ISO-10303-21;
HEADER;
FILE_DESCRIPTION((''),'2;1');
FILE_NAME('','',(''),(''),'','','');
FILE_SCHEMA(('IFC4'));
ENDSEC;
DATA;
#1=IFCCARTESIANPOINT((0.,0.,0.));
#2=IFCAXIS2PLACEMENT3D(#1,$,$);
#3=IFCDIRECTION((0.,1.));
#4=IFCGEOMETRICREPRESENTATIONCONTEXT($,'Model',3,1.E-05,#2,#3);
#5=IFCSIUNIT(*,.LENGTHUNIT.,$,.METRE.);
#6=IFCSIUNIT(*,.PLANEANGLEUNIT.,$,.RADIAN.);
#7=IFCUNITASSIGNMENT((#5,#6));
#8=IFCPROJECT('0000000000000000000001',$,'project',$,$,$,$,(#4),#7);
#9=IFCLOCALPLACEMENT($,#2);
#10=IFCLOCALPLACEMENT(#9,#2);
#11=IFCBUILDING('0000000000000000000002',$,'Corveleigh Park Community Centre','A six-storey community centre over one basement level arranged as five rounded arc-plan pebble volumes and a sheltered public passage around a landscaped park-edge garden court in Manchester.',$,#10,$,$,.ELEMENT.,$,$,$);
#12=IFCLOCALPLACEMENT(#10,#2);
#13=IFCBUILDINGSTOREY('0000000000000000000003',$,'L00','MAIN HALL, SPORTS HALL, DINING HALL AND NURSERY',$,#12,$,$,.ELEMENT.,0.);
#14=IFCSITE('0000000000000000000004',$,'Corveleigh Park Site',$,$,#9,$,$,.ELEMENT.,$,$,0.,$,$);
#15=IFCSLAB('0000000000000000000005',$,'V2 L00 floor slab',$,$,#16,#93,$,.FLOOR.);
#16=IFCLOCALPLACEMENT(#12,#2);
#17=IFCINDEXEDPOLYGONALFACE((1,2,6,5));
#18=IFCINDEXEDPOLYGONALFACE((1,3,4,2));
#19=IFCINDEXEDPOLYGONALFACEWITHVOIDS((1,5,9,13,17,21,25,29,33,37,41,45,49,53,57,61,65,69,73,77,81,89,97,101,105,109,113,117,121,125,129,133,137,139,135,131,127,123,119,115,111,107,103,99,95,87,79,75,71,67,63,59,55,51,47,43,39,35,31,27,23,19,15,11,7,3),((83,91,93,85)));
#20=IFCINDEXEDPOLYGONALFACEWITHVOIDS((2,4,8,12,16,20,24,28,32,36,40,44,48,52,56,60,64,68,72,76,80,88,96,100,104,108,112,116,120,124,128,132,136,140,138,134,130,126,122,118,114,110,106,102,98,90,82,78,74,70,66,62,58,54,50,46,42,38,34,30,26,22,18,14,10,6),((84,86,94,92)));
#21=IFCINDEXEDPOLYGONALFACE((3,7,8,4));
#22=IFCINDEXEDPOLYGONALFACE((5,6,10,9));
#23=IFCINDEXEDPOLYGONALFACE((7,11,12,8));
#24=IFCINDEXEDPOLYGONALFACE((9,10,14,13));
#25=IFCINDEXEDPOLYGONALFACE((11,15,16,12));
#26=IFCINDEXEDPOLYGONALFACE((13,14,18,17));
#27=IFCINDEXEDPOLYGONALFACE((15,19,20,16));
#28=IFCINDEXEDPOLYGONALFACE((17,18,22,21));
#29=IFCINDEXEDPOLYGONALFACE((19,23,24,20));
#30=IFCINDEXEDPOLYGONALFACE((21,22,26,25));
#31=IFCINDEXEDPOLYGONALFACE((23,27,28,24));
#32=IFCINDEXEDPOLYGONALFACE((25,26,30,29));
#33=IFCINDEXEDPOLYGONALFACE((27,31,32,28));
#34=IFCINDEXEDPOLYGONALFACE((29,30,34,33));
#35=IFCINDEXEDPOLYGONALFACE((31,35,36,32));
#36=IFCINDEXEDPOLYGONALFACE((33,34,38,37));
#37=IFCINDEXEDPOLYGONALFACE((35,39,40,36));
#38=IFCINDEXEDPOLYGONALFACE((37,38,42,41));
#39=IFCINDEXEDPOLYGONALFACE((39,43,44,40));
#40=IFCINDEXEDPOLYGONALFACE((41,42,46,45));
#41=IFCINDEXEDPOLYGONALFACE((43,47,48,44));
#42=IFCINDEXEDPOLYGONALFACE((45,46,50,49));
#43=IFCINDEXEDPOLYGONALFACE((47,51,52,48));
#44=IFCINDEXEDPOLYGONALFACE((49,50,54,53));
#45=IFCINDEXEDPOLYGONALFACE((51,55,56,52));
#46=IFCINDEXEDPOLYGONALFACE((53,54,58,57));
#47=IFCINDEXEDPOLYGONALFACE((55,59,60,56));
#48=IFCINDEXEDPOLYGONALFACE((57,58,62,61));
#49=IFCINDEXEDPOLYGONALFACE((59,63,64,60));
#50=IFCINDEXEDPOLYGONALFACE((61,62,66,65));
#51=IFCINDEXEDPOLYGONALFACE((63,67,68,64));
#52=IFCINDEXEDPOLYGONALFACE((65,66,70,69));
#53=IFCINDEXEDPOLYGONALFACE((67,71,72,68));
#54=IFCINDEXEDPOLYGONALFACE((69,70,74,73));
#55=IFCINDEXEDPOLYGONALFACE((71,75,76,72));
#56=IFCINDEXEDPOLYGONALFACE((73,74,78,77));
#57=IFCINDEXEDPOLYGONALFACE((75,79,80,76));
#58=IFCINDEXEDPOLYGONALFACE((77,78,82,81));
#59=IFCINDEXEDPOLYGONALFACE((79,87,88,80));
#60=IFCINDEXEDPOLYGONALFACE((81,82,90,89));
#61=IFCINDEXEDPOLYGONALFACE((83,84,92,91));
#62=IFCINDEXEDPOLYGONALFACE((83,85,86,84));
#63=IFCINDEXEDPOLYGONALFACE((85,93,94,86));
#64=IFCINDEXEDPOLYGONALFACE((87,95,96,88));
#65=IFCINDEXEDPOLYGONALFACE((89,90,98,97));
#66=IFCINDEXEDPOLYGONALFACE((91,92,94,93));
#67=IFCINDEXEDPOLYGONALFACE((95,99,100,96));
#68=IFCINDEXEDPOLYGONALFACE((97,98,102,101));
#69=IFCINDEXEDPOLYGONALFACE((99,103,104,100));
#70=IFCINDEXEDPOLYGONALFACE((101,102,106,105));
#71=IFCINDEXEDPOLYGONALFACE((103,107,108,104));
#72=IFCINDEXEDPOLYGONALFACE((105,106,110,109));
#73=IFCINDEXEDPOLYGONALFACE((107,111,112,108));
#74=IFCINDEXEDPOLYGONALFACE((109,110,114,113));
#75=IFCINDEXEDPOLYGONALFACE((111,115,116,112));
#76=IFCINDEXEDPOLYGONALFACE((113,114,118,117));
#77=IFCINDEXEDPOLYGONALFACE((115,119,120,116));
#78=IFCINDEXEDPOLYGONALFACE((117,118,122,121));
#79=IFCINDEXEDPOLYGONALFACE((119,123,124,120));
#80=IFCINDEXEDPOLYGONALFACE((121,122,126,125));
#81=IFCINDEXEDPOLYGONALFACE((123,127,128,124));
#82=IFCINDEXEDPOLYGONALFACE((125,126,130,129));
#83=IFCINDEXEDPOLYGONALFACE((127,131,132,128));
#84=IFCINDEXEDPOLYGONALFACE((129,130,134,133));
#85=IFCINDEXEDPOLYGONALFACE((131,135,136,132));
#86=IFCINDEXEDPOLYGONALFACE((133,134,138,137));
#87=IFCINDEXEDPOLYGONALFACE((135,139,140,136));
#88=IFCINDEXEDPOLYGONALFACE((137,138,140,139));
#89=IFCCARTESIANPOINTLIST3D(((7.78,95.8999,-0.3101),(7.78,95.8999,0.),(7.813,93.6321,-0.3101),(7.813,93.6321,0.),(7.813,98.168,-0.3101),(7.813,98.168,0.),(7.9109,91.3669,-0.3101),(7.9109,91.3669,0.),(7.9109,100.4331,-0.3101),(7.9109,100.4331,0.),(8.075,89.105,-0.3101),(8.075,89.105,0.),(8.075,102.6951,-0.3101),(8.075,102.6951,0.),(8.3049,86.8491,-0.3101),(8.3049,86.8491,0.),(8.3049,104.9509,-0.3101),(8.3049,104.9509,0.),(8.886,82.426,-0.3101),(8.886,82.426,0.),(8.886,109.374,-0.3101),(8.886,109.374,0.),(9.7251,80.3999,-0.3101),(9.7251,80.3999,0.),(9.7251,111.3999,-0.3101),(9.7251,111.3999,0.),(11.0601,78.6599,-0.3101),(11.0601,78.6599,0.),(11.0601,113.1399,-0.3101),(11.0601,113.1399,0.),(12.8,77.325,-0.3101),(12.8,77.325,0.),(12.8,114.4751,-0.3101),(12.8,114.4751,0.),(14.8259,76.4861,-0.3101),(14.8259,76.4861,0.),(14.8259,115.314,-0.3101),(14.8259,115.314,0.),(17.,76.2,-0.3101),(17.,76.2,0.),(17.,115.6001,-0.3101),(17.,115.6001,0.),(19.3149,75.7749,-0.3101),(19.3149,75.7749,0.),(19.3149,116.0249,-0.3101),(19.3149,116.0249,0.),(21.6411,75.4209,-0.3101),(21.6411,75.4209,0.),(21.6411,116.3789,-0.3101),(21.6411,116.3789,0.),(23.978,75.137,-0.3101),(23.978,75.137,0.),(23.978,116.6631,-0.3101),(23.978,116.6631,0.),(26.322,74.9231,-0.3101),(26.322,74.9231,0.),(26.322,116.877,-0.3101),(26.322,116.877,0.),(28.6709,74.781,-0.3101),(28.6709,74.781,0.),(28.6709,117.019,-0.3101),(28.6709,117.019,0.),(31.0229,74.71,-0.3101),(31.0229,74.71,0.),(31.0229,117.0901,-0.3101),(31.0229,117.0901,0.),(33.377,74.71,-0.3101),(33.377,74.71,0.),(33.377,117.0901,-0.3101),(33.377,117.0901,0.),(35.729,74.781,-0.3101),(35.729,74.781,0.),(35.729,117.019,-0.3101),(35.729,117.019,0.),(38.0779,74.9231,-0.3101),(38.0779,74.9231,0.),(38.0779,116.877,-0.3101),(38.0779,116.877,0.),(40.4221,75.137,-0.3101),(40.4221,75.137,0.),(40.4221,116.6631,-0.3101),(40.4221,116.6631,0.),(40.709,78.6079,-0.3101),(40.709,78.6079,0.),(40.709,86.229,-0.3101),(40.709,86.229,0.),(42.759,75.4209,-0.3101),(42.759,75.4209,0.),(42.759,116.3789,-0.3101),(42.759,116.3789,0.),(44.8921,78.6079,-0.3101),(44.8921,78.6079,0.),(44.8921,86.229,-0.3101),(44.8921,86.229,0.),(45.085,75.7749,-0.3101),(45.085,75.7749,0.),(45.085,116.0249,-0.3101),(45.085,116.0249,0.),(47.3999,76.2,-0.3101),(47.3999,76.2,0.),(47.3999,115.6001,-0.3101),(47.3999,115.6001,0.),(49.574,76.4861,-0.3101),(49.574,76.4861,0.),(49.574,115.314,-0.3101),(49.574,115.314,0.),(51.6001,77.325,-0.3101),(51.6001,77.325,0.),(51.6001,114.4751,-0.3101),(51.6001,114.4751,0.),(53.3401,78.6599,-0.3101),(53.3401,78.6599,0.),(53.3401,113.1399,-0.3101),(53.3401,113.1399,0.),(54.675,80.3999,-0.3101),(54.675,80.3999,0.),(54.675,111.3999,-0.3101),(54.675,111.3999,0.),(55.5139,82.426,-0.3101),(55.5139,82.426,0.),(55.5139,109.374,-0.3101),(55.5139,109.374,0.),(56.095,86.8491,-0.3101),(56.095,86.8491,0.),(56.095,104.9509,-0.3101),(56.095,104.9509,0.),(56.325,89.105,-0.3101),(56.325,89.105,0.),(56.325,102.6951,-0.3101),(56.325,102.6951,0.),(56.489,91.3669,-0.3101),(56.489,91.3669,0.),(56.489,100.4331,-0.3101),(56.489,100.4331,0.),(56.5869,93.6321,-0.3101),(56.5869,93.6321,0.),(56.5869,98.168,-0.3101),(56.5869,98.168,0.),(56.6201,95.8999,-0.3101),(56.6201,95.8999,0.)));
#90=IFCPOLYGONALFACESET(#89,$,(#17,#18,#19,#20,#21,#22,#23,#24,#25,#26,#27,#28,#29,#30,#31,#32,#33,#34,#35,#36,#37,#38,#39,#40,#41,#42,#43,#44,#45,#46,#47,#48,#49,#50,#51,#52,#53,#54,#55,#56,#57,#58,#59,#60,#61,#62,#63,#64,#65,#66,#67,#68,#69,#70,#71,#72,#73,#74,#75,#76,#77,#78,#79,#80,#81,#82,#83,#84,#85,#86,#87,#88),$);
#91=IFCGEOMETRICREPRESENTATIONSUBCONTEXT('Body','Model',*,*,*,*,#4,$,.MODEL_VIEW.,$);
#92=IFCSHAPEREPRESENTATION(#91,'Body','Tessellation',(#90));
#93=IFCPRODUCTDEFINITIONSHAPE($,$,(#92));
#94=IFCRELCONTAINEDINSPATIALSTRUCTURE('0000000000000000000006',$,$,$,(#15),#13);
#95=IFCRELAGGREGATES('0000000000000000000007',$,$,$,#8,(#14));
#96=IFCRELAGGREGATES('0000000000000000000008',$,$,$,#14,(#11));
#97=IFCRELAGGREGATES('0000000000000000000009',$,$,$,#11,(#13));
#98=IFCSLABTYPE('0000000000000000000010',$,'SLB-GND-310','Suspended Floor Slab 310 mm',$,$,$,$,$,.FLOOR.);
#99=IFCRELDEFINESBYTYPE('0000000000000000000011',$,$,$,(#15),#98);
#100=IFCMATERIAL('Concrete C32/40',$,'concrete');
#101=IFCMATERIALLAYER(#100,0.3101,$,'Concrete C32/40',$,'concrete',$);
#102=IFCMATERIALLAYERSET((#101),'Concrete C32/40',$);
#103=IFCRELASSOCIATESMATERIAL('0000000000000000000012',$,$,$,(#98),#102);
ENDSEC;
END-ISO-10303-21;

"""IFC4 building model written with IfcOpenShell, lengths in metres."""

from ifc_helpers import new_model, si_unit, direction, frame, origin, place, context, subcontext, project, spatial, polyline, outline, extrude, material, layer, layer_set, type_object, element, save


model = new_model("IFC4")

# Units and contexts
model_context = context("Model", 3, precision=1e-05, world=origin(), true_north=direction((0.0, 1.0)))
body_context = subcontext(model_context, "Body", "Model", "MODEL_VIEW")
ifc_project = project(units=[si_unit("LENGTHUNIT", "METRE"), si_unit("PLANEANGLEUNIT", "RADIAN")], contexts=[model_context])

# Site, building, storey
site_placement = place(None, origin())
site = spatial("IfcSite", under=ifc_project, at=site_placement, Name="Corveleigh Park Site", CompositionType="ELEMENT", RefElevation=0.0)
building_placement = place(site_placement, origin())
building = spatial("IfcBuilding", under=site, at=building_placement, Name="Corveleigh Park Community Centre", Description="A six-storey community centre over one basement level arranged as five rounded arc-plan pebble volumes and a sheltered public passage around a landscaped park-edge garden court in Manchester.", CompositionType="ELEMENT")
storey_placement = place(building_placement, origin())
storey = spatial("IfcBuildingStorey", under=building, at=storey_placement, Name="L00", Description="MAIN HALL, SPORTS HALL, DINING HALL AND NURSERY", CompositionType="ELEMENT", Elevation=0.0)

# Slab
ifc_material_1 = material(Name="Concrete C32/40", Category="concrete")
ifc_layer_1 = layer(ifc_material_1, 0.3101, Name="Concrete C32/40", Category="concrete")
ifc_layer_set_1 = layer_set([ifc_layer_1], Name="Concrete C32/40")
slab_type_1 = type_object("IfcSlabType", Name="SLB-GND-310", Description="Suspended Floor Slab 310 mm", PredefinedType="FLOOR", material=ifc_layer_set_1)
slab_1_placement = place(storey_placement, frame((0.0, 0.0, -0.3101)))
element("IfcSlab", 1, at=slab_1_placement, inside=storey, type_object=slab_type_1, Name="V2 L00 floor slab", PredefinedType="FLOOR", context=body_context, shape_type="SweptSolid", body=[
    extrude(outline(polyline([(12.8, 77.325), (11.0601, 78.6599), (9.7251, 80.3999), (8.886, 82.426), (8.3049, 86.8491), (8.075, 89.105), (7.9109, 91.3669), (7.813, 93.6321), (7.78, 95.8999), (7.813, 98.168), (7.9109, 100.4331), (8.075, 102.6951), (8.3049, 104.9509), (8.886, 109.374), (9.7251, 111.3999), (11.0601, 113.1399), (12.8, 114.4751), (14.8259, 115.314), (17.0, 115.6001), (19.3149, 116.0249), (21.6411, 116.3789), (23.978, 116.6631), (26.322, 116.877), (28.6709, 117.019), (31.0229, 117.0901), (33.377, 117.0901), (35.729, 117.019), (38.0779, 116.877), (40.4221, 116.6631), (42.759, 116.3789), (45.085, 116.0249), (47.3999, 115.6001), (49.574, 115.314), (51.6001, 114.4751), (53.3401, 113.1399), (54.675, 111.3999), (55.5139, 109.374), (56.095, 104.9509), (56.325, 102.6951), (56.489, 100.4331), (56.5869, 98.168), (56.6201, 95.8999), (56.5869, 93.6321), (56.489, 91.3669), (56.325, 89.105), (56.095, 86.8491), (55.5139, 82.426), (54.675, 80.3999), (53.3401, 78.6599), (51.6001, 77.325), (49.574, 76.4861), (47.3999, 76.2), (45.085, 75.7749), (42.759, 75.4209), (40.4221, 75.137), (38.0779, 74.9231), (35.729, 74.781), (33.377, 74.71), (31.0229, 74.71), (28.6709, 74.781), (26.322, 74.9231), (23.978, 75.137), (21.6411, 75.4209), (19.3149, 75.7749), (17.0, 76.2), (14.8259, 76.4861), (12.8, 77.325)]), holes=[polyline([(40.709, 86.229), (40.709, 78.6079), (44.8921, 78.6079), (44.8921, 86.229), (40.709, 86.229)])]), origin(), (0.0, 0.0, 1.0), 0.3101),
])

save(model, "model.ifc")
